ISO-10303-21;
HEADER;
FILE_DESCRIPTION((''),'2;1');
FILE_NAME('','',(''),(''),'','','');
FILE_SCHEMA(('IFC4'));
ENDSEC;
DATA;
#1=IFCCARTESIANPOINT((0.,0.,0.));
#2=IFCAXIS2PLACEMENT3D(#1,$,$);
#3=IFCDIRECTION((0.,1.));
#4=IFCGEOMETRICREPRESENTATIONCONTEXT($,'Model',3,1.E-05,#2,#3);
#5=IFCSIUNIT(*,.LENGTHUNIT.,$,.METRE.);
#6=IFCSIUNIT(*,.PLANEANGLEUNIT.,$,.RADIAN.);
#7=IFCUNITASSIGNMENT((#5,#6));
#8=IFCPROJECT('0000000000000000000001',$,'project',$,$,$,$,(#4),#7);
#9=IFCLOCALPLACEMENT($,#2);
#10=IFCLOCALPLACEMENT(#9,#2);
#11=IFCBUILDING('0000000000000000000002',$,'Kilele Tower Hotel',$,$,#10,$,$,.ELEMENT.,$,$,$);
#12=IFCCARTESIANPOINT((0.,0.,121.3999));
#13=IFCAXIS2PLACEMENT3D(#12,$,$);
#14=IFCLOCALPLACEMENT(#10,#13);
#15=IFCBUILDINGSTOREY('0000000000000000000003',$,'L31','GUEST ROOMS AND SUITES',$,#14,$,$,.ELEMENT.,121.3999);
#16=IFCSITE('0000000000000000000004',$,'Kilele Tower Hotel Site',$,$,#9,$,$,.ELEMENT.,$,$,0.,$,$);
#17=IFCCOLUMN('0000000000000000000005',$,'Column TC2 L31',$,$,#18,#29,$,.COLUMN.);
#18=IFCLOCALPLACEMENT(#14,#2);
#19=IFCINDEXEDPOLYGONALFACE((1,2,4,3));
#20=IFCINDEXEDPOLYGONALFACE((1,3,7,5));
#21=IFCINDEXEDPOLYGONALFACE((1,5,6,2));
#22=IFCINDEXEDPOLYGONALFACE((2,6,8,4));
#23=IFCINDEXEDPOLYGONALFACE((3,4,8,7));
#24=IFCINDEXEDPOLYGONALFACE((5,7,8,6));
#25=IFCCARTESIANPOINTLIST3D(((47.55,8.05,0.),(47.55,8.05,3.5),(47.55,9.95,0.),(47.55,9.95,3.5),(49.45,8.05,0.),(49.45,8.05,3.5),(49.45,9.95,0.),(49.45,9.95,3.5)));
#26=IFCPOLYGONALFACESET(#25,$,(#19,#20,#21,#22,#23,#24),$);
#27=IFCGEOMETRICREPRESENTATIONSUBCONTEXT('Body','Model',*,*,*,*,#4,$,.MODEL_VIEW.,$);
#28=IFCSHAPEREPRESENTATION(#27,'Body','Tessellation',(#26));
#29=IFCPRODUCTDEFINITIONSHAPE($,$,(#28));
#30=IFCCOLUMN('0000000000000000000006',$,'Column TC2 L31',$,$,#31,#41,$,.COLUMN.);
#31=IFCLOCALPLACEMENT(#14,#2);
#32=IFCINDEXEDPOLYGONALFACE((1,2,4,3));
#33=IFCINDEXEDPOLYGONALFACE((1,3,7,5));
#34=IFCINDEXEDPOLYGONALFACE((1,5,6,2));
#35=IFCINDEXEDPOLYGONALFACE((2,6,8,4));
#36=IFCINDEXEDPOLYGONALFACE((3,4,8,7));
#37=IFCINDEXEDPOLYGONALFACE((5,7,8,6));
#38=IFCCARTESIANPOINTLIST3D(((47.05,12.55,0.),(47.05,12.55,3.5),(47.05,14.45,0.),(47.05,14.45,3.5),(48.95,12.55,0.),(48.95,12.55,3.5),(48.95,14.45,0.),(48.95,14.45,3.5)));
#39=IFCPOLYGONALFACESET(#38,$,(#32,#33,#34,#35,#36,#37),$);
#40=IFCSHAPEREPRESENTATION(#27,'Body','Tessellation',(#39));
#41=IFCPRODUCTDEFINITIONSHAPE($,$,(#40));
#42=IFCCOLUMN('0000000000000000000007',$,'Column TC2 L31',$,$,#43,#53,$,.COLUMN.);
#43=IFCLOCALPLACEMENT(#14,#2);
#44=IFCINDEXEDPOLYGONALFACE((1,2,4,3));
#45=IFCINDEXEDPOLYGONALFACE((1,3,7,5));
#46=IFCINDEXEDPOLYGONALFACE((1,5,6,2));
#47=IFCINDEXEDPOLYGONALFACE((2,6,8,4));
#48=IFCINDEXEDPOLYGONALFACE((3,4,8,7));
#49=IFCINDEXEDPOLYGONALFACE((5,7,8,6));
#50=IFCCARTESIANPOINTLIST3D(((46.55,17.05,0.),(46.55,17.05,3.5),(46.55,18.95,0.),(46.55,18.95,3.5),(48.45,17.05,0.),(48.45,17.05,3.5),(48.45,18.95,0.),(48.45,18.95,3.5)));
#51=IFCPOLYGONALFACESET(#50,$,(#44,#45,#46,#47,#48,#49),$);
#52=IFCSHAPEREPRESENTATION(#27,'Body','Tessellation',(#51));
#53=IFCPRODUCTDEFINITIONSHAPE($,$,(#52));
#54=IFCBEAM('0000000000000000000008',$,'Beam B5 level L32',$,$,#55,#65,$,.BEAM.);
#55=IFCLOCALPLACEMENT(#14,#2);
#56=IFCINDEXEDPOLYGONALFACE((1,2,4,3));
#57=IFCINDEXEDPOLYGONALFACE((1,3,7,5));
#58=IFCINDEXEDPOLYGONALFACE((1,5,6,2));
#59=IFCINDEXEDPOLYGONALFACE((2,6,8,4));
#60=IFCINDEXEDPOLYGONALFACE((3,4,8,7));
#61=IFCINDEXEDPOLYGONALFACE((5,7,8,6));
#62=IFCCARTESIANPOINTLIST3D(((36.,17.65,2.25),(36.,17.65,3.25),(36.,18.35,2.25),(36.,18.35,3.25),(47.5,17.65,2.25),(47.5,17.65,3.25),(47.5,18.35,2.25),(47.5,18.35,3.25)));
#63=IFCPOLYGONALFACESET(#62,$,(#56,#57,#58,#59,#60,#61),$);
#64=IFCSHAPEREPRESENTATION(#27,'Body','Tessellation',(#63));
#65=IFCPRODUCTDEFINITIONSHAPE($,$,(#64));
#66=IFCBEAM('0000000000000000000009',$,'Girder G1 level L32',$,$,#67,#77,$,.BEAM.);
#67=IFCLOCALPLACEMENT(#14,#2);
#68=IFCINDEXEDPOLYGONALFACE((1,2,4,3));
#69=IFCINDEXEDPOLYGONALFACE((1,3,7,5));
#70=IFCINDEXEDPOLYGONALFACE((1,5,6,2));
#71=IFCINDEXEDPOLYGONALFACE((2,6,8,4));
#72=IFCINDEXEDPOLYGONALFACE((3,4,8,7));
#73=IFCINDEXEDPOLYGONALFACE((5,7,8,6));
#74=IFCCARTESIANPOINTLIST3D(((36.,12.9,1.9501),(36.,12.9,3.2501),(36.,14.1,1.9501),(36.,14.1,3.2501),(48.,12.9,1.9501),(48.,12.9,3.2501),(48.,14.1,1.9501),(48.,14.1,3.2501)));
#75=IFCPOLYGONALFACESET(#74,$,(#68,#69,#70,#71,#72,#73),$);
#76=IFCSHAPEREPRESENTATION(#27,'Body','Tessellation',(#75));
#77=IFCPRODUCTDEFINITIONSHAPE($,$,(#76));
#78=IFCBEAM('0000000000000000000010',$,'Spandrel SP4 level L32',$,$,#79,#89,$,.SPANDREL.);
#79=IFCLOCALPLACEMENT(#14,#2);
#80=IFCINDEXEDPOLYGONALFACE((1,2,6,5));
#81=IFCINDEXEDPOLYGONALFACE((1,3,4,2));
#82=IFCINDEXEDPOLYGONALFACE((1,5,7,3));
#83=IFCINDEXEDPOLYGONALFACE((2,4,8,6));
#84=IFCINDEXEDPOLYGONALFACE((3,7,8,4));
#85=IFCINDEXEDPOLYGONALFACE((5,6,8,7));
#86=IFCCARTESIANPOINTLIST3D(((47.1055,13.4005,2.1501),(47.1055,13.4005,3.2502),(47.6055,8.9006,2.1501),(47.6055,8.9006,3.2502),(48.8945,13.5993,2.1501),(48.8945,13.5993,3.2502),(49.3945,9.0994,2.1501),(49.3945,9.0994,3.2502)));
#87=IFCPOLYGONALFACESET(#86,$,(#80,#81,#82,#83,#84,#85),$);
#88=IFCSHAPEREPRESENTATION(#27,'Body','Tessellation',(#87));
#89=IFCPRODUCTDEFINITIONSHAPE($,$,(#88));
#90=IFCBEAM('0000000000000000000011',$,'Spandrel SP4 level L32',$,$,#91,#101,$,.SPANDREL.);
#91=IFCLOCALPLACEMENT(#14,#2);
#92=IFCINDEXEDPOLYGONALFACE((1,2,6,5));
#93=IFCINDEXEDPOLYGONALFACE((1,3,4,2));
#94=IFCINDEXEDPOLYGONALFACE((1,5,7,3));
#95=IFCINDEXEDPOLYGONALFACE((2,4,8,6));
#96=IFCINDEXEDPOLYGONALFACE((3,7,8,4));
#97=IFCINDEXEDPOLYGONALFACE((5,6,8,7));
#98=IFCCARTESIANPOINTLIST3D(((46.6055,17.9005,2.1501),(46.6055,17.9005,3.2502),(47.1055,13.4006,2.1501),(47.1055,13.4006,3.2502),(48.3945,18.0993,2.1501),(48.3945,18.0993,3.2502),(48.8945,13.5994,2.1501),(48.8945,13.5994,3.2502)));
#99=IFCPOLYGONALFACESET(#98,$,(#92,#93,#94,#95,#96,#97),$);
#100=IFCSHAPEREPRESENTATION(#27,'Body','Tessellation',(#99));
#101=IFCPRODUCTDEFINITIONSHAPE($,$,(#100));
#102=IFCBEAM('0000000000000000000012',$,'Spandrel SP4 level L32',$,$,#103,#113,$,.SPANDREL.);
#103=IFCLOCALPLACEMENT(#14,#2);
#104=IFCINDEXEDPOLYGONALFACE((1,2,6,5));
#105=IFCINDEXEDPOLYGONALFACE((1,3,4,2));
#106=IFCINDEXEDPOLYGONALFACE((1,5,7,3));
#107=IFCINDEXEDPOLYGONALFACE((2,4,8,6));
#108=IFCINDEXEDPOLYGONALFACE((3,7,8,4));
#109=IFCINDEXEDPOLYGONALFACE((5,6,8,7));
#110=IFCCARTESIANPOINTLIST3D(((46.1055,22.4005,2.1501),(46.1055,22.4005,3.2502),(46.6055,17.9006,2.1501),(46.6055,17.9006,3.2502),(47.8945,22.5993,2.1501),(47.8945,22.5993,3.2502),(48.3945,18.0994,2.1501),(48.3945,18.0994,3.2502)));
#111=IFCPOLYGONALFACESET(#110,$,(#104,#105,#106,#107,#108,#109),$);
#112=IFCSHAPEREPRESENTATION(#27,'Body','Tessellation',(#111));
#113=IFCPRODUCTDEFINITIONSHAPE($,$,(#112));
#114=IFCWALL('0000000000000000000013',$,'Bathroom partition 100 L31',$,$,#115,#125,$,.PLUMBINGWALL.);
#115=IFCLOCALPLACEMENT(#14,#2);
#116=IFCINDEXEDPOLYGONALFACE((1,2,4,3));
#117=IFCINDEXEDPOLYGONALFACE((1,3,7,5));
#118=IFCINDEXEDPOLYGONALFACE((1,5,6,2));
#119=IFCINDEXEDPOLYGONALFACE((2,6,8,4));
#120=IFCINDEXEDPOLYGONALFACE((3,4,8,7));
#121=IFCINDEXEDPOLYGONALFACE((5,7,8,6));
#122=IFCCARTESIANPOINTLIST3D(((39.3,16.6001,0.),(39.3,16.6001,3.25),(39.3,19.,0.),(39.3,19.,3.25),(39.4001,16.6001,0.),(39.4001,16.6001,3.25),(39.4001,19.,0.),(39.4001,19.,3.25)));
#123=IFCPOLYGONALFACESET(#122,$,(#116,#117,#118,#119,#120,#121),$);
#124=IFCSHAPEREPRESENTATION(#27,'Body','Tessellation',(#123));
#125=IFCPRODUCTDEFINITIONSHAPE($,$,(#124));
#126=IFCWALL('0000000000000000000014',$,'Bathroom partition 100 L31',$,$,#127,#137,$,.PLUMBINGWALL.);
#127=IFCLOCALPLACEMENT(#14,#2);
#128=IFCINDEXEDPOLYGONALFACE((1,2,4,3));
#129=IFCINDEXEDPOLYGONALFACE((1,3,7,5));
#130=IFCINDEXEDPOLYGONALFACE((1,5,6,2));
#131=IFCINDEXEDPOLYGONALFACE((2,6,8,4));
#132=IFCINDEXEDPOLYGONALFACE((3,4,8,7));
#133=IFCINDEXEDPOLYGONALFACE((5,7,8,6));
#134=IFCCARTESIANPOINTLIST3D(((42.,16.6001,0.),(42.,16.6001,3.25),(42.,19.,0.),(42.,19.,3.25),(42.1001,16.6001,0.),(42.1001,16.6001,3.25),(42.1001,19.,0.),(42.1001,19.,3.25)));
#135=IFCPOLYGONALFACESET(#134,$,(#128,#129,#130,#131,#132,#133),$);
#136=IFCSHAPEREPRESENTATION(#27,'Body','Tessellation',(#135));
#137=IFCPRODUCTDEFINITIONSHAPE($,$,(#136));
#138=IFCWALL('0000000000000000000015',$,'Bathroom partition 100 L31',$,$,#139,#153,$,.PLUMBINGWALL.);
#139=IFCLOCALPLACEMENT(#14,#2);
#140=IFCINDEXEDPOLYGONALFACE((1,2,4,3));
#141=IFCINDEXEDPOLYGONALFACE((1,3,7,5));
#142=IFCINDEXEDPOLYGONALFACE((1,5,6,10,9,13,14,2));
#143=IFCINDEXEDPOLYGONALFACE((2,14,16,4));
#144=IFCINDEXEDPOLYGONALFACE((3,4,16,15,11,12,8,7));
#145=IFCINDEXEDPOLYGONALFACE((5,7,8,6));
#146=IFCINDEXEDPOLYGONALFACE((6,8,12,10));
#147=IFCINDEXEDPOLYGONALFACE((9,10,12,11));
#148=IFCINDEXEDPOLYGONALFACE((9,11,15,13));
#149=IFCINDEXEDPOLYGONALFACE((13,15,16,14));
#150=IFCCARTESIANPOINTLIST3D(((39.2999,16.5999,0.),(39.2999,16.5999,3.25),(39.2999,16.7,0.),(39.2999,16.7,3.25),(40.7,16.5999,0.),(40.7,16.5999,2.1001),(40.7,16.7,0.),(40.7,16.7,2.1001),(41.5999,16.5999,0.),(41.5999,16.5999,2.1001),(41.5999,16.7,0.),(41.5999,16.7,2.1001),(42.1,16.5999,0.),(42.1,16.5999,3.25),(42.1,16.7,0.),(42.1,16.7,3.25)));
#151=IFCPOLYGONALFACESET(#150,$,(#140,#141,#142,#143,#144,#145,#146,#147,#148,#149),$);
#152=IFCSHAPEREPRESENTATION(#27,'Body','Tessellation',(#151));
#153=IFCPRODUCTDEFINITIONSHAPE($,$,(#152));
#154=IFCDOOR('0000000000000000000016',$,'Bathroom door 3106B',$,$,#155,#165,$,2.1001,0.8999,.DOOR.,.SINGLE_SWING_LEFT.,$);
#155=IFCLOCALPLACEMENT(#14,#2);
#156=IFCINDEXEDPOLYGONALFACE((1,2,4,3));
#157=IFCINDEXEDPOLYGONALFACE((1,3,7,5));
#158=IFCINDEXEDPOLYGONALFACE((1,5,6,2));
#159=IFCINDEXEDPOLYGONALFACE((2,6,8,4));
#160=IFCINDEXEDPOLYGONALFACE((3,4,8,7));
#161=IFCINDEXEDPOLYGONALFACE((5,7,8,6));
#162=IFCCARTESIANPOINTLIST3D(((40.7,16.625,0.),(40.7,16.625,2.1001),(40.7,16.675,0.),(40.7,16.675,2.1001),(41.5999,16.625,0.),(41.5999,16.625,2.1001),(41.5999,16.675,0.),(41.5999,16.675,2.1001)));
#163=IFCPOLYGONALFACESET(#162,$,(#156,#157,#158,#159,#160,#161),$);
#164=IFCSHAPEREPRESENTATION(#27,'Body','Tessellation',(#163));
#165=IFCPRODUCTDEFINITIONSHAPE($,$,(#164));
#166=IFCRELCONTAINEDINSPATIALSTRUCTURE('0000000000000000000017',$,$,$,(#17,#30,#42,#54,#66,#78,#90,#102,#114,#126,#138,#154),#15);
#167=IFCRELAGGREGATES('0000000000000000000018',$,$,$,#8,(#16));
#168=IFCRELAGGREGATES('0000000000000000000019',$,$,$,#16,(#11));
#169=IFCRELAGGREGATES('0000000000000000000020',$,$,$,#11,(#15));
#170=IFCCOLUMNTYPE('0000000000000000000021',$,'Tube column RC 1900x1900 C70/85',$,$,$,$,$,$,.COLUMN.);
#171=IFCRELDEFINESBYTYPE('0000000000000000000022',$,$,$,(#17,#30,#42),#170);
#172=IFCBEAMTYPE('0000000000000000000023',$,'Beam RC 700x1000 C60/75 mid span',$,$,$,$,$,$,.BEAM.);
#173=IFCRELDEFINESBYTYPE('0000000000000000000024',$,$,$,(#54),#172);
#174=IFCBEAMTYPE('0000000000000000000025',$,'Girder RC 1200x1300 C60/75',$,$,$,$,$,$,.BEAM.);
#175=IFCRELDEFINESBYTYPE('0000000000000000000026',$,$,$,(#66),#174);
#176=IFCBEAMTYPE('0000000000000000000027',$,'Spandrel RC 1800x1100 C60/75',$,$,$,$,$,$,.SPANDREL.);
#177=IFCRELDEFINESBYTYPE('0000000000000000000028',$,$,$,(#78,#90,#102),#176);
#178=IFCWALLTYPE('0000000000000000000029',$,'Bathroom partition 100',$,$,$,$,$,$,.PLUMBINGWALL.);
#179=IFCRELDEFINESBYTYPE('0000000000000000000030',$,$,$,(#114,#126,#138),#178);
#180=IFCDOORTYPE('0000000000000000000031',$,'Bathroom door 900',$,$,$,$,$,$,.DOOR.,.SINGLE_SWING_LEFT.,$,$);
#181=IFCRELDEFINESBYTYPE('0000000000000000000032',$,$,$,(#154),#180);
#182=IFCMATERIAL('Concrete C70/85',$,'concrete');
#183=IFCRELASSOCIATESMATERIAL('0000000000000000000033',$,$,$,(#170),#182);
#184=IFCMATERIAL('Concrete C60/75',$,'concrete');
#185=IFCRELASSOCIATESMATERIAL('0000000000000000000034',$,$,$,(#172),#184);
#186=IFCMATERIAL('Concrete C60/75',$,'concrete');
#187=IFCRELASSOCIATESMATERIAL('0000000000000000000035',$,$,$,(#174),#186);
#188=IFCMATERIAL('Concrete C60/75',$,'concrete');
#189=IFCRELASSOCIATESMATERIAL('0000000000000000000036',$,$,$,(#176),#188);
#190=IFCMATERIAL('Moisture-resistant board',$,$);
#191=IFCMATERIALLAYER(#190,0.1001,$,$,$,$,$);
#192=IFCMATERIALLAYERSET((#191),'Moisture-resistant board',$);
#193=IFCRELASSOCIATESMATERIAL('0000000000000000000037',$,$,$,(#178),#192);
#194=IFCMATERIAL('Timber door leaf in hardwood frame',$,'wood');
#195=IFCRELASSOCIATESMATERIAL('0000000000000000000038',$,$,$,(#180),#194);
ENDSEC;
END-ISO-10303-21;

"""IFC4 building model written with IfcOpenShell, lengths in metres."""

from ifc_helpers import new_model, si_unit, direction, frame, frame_2d, origin, origin_2d, place, context, subcontext, project, spatial, rectangle, extrude, material, layer, layer_set, material_profile, profile_set, type_object, element, fill, save


model = new_model("IFC4")

# Units and contexts
model_context = context("Model", 3, precision=1e-05, world=origin(), true_north=direction((0.0, 1.0)))
body_context = subcontext(model_context, "Body", "Model", "MODEL_VIEW")
ifc_project = project(units=[si_unit("LENGTHUNIT", "METRE"), si_unit("PLANEANGLEUNIT", "RADIAN")], contexts=[model_context])

# Site, building, storey
site_placement = place(None, origin())
site = spatial("IfcSite", under=ifc_project, at=site_placement, Name="Kilele Tower Hotel Site", CompositionType="ELEMENT", RefElevation=0.0)
building_placement = place(site_placement, origin())
building = spatial("IfcBuilding", under=site, at=building_placement, Name="Kilele Tower Hotel", CompositionType="ELEMENT")
storey_placement = place(building_placement, frame((0.0, 0.0, 121.3999)))
storey = spatial("IfcBuildingStorey", under=building, at=storey_placement, Name="L31", Description="GUEST ROOMS AND SUITES", CompositionType="ELEMENT", Elevation=121.3999)

# Columns
ifc_material_1 = material(Name="Concrete C70/85", Category="concrete")
ifc_material_profile_1 = material_profile(ifc_material_1, rectangle(XDim=1.8999, YDim=1.8999, at=origin_2d()))
ifc_profile_set_1 = profile_set([ifc_material_profile_1], Name="Concrete C70/85")
column_type = type_object("IfcColumnType", Name="Tube column RC 1900x1900 C70/85", PredefinedType="COLUMN", material=ifc_profile_set_1)
for number, where, z_axis, x_axis, name in (
    (1, (48.5, 9.0, 0.0), (0.0, 0.0, 1.0), (1.0, 0.0, 0.0), "Column TC2 L31"),
    (2, (48.0, 13.5, 0.0), (0.0, 0.0, 1.0), (1.0, 0.0, 0.0), "Column TC2 L31"),
    (3, (47.5, 18.0, 0.0), (0.0, 0.0, 1.0), (1.0, 0.0, 0.0), "Column TC2 L31"),
):
    element("IfcColumn", number, at=place(storey_placement, frame(where, z_axis=z_axis, x_axis=x_axis)), inside=storey, type_object=column_type, Name=name, PredefinedType="COLUMN", context=body_context, shape_type="SweptSolid", body=[
        extrude(rectangle(XDim=1.8999, YDim=1.8999, at=origin_2d()), origin(), (0.0, 0.0, 1.0), 3.5),
    ])

# Beams
ifc_material_2 = material(Name="Concrete C60/75", Category="concrete")
ifc_material_profile_2 = material_profile(ifc_material_2, rectangle(XDim=0.7, YDim=1.0, at=origin_2d()))
ifc_profile_set_2 = profile_set([ifc_material_profile_2], Name="Concrete C60/75")
beam_type_1 = type_object("IfcBeamType", Name="Beam RC 700x1000 C60/75 mid span", PredefinedType="BEAM", material=ifc_profile_set_2)
beam_1_placement = place(storey_placement, frame((47.5, 18.0, 2.75), z_axis=(-1.0, 0.0, 0.0), x_axis=(0.0, -1.0, 0.0)))
element("IfcBeam", 4, at=beam_1_placement, inside=storey, type_object=beam_type_1, Name="Beam B5 level L32", PredefinedType="BEAM", context=body_context, shape_type="SweptSolid", body=[
    extrude(rectangle(XDim=0.7, YDim=1.0, at=origin_2d()), origin(), (0.0, 0.0, 1.0), 11.5),
])
ifc_material_3 = material(Name="Concrete C60/75", Category="concrete")
ifc_material_profile_3 = material_profile(ifc_material_3, rectangle(XDim=1.2, YDim=1.3, at=origin_2d()))
ifc_profile_set_3 = profile_set([ifc_material_profile_3], Name="Concrete C60/75")
beam_type_2 = type_object("IfcBeamType", Name="Girder RC 1200x1300 C60/75", PredefinedType="BEAM", material=ifc_profile_set_3)
beam_2_placement = place(storey_placement, frame((48.0, 13.5, 2.6001), z_axis=(-1.0, 0.0, 0.0), x_axis=(0.0, -1.0, 0.0)))
element("IfcBeam", 5, at=beam_2_placement, inside=storey, type_object=beam_type_2, Name="Girder G1 level L32", PredefinedType="BEAM", context=body_context, shape_type="SweptSolid", body=[
    extrude(rectangle(XDim=1.2, YDim=1.3, at=origin_2d()), origin(), (0.0, 0.0, 1.0), 12.0),
])
ifc_material_4 = material(Name="Concrete C60/75", Category="concrete")
ifc_material_profile_4 = material_profile(ifc_material_4, rectangle(XDim=1.8, YDim=1.1001, at=origin_2d()))
ifc_profile_set_4 = profile_set([ifc_material_profile_4], Name="Concrete C60/75")
beam_type_3 = type_object("IfcBeamType", Name="Spandrel RC 1800x1100 C60/75", PredefinedType="SPANDREL", material=ifc_profile_set_4)
for number, where, z_axis, x_axis, name in (
    (6, (48.5, 9.0, 2.7002), (-0.110432, 0.993884, 0.0), (-0.993884, -0.110432, 0.0), "Spandrel SP4 level L32"),
    (7, (48.0, 13.5, 2.7002), (-0.110432, 0.993884, 0.0), (-0.993884, -0.110432, 0.0), "Spandrel SP4 level L32"),
    (8, (47.5, 18.0, 2.7002), (-0.110432, 0.993884, 0.0), (-0.993884, -0.110432, 0.0), "Spandrel SP4 level L32"),
):
    element("IfcBeam", number, at=place(storey_placement, frame(where, z_axis=z_axis, x_axis=x_axis)), inside=storey, type_object=beam_type_3, Name=name, PredefinedType="SPANDREL", context=body_context, shape_type="SweptSolid", body=[
        extrude(rectangle(XDim=1.8, YDim=1.1001, at=origin_2d()), origin(), (0.0, 0.0, 1.0), 4.5276),
    ])

# Walls
ifc_material_5 = material(Name="Moisture-resistant board")
ifc_layer_1 = layer(ifc_material_5, 0.1001)
ifc_layer_set_1 = layer_set([ifc_layer_1], Name="Moisture-resistant board")
wall_type_1 = type_object("IfcWallType", Name="Bathroom partition 100", PredefinedType="PLUMBINGWALL", material=ifc_layer_set_1)
for number, where, z_axis, x_axis, name in (
    (9, (39.3501, 16.6001, 0.0), (0.0, 0.0, 1.0), (0.0, 1.0, 0.0), "Bathroom partition 100 L31"),
    (10, (42.05, 16.6001, 0.0), (0.0, 0.0, 1.0), (0.0, 1.0, 0.0), "Bathroom partition 100 L31"),
):
    element("IfcWall", number, at=place(storey_placement, frame(where, z_axis=z_axis, x_axis=x_axis)), inside=storey, type_object=wall_type_1, Name=name, PredefinedType="PLUMBINGWALL", context=body_context, shape_type="SweptSolid", body=[
        extrude(rectangle(XDim=2.3999, YDim=0.1001, at=frame_2d((1.2, 0.0))), origin(), (0.0, 0.0, 1.0), 3.25),
    ])

# Wall, opening, door
wall_1_placement = place(storey_placement, frame((39.3, 16.6499, 0.0), z_axis=(0.0, 0.0, 1.0), x_axis=(1.0, 0.0, 0.0)))
wall_1 = element("IfcWall", 11, at=wall_1_placement, inside=storey, type_object=wall_type_1, Name="Bathroom partition 100 L31", PredefinedType="PLUMBINGWALL", context=body_context, shape_type="SweptSolid", body=[
    extrude(rectangle(XDim=2.8, YDim=0.1001, at=frame_2d((1.3999, 0.0))), origin(), (0.0, 0.0, 1.0), 3.25),
])
opening_1_placement = place(wall_1_placement, frame((2.2998, 0.0, 0.0), z_axis=(0.0, 0.0, 1.0), x_axis=(-1.0, 0.0, 0.0)))
opening_1 = element("IfcOpeningElement", 12, at=opening_1_placement, cuts=wall_1, PredefinedType="OPENING", context=body_context, shape_type="SweptSolid", body=[
    extrude(rectangle(XDim=0.8999, YDim=2.1001, at=frame_2d((0.45, 1.05))), frame((0.0, 0.0601, 0.0), z_axis=(0.0, -1.0, 0.0), x_axis=(1.0, 0.0, 0.0)), (0.0, 0.0, 1.0), 0.1201),
])
ifc_material_6 = material(Name="Timber door leaf in hardwood frame", Category="wood")
door_type_1 = type_object("IfcDoorType", Name="Bathroom door 900", OperationType="SINGLE_SWING_LEFT", PredefinedType="DOOR", material=ifc_material_6)
door_1_placement = place(opening_1_placement, origin())
door_1 = element("IfcDoor", 13, at=door_1_placement, inside=storey, type_object=door_type_1, Name="Bathroom door 3106B", OperationType="SINGLE_SWING_LEFT", OverallHeight=2.1001, OverallWidth=0.8999, PredefinedType="DOOR", context=body_context, shape_type="SweptSolid", body=[
    extrude(rectangle(XDim=0.8999, YDim=2.1001, at=frame_2d((0.45, 1.05))), frame((0.0, 0.0249, 0.0), z_axis=(0.0, -1.0, 0.0), x_axis=(1.0, 0.0, 0.0)), (0.0, 0.0, 1.0), 0.05),
])
fill(opening_1, door_1)

save(model, "model.ifc")
